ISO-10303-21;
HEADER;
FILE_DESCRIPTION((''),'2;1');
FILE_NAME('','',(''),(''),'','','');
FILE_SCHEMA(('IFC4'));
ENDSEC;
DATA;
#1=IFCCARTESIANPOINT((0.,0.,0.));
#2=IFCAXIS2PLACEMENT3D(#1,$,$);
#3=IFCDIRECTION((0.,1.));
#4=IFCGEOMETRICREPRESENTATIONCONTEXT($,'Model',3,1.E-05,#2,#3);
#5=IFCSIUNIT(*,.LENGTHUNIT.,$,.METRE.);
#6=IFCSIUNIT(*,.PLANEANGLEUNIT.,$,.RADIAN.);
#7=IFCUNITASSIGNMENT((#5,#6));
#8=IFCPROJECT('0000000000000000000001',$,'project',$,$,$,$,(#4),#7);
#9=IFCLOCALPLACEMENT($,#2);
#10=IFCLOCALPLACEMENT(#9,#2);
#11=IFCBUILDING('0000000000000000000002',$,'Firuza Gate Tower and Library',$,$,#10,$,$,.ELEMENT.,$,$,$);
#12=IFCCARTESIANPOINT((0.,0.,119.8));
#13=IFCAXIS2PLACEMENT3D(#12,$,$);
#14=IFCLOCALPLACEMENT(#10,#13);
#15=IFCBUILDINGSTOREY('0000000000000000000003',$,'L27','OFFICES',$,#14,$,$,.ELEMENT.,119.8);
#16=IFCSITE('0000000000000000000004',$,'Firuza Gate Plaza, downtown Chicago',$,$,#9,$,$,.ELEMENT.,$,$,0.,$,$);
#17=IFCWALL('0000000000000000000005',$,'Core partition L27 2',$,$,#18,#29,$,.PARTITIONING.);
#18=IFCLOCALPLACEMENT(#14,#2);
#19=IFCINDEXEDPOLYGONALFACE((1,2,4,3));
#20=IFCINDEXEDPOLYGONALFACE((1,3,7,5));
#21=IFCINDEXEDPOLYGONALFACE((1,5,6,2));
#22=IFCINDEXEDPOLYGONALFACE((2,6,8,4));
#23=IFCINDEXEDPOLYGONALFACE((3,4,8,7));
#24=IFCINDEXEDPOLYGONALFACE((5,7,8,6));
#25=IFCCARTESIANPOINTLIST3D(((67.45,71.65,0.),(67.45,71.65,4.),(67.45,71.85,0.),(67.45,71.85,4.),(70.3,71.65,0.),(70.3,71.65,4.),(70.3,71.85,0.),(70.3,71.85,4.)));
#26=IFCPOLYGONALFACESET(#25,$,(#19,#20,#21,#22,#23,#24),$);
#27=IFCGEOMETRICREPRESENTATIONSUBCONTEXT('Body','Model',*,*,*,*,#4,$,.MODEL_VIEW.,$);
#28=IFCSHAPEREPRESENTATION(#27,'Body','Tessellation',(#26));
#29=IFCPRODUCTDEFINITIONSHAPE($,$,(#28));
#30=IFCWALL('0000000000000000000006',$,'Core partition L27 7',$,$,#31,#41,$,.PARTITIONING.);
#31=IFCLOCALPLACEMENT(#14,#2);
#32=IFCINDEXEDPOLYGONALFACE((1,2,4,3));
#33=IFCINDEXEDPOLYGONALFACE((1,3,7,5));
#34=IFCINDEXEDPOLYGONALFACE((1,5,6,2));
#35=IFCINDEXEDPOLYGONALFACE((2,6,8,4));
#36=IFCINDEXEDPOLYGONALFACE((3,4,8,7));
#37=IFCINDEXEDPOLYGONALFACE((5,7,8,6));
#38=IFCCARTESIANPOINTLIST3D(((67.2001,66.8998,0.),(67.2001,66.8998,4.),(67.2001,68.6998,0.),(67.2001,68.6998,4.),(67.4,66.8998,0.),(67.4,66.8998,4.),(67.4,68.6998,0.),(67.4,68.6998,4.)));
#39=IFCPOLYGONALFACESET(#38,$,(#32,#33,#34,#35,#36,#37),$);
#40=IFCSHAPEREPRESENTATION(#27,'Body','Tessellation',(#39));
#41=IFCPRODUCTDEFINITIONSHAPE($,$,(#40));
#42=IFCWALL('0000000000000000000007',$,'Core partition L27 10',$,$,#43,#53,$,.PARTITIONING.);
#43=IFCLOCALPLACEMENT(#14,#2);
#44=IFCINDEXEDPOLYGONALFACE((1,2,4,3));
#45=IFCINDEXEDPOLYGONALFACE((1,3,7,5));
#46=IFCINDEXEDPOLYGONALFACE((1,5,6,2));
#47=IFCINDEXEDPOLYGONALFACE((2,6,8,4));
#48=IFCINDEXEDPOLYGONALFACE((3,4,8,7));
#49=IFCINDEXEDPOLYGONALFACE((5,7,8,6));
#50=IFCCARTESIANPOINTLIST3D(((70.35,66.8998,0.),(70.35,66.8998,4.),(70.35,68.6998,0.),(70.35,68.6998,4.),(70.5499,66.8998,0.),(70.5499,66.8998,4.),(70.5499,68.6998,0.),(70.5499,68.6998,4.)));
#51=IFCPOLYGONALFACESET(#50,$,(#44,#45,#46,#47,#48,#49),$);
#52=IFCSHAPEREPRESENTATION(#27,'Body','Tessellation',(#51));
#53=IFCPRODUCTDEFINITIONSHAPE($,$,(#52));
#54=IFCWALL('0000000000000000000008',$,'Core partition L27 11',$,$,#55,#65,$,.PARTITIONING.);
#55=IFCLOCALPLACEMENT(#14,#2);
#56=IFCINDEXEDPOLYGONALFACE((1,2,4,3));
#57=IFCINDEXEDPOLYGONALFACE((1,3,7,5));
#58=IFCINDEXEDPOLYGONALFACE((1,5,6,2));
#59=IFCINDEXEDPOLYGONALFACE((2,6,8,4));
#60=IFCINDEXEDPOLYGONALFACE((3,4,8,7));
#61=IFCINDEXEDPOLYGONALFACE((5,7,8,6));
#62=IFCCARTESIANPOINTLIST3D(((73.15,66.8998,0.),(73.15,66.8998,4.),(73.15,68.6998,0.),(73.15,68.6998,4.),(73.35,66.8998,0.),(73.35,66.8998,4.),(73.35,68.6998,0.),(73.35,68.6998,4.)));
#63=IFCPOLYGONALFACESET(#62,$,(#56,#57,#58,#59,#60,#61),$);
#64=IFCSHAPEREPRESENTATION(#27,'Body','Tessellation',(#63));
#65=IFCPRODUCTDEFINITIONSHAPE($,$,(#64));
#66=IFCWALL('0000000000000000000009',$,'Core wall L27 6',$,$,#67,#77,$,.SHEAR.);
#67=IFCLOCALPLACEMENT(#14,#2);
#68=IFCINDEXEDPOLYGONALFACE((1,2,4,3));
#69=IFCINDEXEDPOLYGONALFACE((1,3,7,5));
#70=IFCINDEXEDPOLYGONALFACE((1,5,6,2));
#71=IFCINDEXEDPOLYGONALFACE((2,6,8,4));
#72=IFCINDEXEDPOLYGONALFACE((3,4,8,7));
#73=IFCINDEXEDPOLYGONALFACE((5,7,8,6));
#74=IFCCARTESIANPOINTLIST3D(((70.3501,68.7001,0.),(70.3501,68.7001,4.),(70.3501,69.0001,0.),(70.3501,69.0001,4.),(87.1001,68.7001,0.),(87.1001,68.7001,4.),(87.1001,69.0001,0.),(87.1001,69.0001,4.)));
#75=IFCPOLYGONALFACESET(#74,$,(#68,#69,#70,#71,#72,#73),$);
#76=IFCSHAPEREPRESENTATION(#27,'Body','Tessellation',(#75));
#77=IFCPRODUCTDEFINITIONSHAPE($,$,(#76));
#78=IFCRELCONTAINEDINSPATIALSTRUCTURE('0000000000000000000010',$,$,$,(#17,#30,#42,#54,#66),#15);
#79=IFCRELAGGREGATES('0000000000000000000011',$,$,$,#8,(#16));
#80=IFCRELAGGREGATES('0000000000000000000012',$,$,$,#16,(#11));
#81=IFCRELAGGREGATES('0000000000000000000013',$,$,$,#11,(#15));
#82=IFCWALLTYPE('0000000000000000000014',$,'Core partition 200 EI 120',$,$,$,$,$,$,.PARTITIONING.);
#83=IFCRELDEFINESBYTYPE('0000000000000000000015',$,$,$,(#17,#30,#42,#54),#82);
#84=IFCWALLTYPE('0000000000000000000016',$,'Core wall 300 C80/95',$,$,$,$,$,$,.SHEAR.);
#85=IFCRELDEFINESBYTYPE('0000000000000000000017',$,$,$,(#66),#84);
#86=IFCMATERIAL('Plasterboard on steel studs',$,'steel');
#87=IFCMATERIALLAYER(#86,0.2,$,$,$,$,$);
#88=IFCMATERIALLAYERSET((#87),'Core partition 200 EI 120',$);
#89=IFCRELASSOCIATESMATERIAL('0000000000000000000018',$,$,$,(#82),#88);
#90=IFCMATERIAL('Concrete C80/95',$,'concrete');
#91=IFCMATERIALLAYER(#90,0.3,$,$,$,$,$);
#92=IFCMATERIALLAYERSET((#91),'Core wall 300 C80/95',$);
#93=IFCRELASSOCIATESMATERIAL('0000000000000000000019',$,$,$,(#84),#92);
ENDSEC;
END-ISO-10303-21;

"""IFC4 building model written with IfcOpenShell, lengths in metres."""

from ifc_helpers import new_model, si_unit, direction, frame, frame_2d, origin, place, context, subcontext, project, spatial, rectangle, extrude, material, layer, layer_set, type_object, element, save


model = new_model("IFC4")

# Units and contexts
model_context = context("Model", 3, precision=1e-05, world=origin(), true_north=direction((0.0, 1.0)))
body_context = subcontext(model_context, "Body", "Model", "MODEL_VIEW")
ifc_project = project(units=[si_unit("LENGTHUNIT", "METRE"), si_unit("PLANEANGLEUNIT", "RADIAN")], contexts=[model_context])

# Site, building, storey
site_placement = place(None, origin())
site = spatial("IfcSite", under=ifc_project, at=site_placement, Name="Firuza Gate Plaza, downtown Chicago", CompositionType="ELEMENT", RefElevation=0.0)
building_placement = place(site_placement, origin())
building = spatial("IfcBuilding", under=site, at=building_placement, Name="Firuza Gate Tower and Library", CompositionType="ELEMENT")
storey_placement = place(building_placement, frame((0.0, 0.0, 119.8)))
storey = spatial("IfcBuildingStorey", under=building, at=storey_placement, Name="L27", Description="OFFICES", CompositionType="ELEMENT", Elevation=119.8)

# Walls
ifc_material_1 = material(Name="Plasterboard on steel studs", Category="steel")
ifc_layer_1 = layer(ifc_material_1, 0.2)
ifc_layer_set_1 = layer_set([ifc_layer_1], Name="Core partition 200 EI 120")
wall_type_1 = type_object("IfcWallType", Name="Core partition 200 EI 120", PredefinedType="PARTITIONING", material=ifc_layer_set_1)
wall_1_placement = place(storey_placement, frame((67.45, 71.75, 0.0), z_axis=(0.0, 0.0, 1.0), x_axis=(1.0, 0.0, 0.0)))
element("IfcWall", 1, at=wall_1_placement, inside=storey, type_object=wall_type_1, Name="Core partition L27 2", PredefinedType="PARTITIONING", context=body_context, shape_type="SweptSolid", body=[
    extrude(rectangle(XDim=2.8501, YDim=0.2, at=frame_2d((1.425, 0.0))), origin(), (0.0, 0.0, 1.0), 4.0),
])
for number, where, z_axis, x_axis, name in (
    (2, (67.3, 66.8999, 0.0), (0.0, 0.0, 1.0), (0.0, 1.0, 0.0), "Core partition L27 7"),
    (3, (70.45, 66.8999, 0.0), (0.0, 0.0, 1.0), (0.0, 1.0, 0.0), "Core partition L27 10"),
    (4, (73.25, 66.8999, 0.0), (0.0, 0.0, 1.0), (0.0, 1.0, 0.0), "Core partition L27 11"),
):
    element("IfcWall", number, at=place(storey_placement, frame(where, z_axis=z_axis, x_axis=x_axis)), inside=storey, type_object=wall_type_1, Name=name, PredefinedType="PARTITIONING", context=body_context, shape_type="SweptSolid", body=[
        extrude(rectangle(XDim=1.8, YDim=0.2, at=frame_2d((0.8999, 0.0))), origin(), (0.0, 0.0, 1.0), 4.0),
    ])
ifc_material_2 = material(Name="Concrete C80/95", Category="concrete")
ifc_layer_2 = layer(ifc_material_2, 0.3)
ifc_layer_set_2 = layer_set([ifc_layer_2], Name="Core wall 300 C80/95")
wall_type_2 = type_object("IfcWallType", Name="Core wall 300 C80/95", PredefinedType="SHEAR", material=ifc_layer_set_2)
wall_2_placement = place(storey_placement, frame((70.3501, 68.8501, 0.0), z_axis=(0.0, 0.0, 1.0), x_axis=(1.0, 0.0, 0.0)))
element("IfcWall", 5, at=wall_2_placement, inside=storey, type_object=wall_type_2, Name="Core wall L27 6", PredefinedType="SHEAR", context=body_context, shape_type="SweptSolid", body=[
    extrude(rectangle(XDim=16.75, YDim=0.3, at=frame_2d((8.375, 0.0))), origin(), (0.0, 0.0, 1.0), 4.0),
])

save(model, "model.ifc")
